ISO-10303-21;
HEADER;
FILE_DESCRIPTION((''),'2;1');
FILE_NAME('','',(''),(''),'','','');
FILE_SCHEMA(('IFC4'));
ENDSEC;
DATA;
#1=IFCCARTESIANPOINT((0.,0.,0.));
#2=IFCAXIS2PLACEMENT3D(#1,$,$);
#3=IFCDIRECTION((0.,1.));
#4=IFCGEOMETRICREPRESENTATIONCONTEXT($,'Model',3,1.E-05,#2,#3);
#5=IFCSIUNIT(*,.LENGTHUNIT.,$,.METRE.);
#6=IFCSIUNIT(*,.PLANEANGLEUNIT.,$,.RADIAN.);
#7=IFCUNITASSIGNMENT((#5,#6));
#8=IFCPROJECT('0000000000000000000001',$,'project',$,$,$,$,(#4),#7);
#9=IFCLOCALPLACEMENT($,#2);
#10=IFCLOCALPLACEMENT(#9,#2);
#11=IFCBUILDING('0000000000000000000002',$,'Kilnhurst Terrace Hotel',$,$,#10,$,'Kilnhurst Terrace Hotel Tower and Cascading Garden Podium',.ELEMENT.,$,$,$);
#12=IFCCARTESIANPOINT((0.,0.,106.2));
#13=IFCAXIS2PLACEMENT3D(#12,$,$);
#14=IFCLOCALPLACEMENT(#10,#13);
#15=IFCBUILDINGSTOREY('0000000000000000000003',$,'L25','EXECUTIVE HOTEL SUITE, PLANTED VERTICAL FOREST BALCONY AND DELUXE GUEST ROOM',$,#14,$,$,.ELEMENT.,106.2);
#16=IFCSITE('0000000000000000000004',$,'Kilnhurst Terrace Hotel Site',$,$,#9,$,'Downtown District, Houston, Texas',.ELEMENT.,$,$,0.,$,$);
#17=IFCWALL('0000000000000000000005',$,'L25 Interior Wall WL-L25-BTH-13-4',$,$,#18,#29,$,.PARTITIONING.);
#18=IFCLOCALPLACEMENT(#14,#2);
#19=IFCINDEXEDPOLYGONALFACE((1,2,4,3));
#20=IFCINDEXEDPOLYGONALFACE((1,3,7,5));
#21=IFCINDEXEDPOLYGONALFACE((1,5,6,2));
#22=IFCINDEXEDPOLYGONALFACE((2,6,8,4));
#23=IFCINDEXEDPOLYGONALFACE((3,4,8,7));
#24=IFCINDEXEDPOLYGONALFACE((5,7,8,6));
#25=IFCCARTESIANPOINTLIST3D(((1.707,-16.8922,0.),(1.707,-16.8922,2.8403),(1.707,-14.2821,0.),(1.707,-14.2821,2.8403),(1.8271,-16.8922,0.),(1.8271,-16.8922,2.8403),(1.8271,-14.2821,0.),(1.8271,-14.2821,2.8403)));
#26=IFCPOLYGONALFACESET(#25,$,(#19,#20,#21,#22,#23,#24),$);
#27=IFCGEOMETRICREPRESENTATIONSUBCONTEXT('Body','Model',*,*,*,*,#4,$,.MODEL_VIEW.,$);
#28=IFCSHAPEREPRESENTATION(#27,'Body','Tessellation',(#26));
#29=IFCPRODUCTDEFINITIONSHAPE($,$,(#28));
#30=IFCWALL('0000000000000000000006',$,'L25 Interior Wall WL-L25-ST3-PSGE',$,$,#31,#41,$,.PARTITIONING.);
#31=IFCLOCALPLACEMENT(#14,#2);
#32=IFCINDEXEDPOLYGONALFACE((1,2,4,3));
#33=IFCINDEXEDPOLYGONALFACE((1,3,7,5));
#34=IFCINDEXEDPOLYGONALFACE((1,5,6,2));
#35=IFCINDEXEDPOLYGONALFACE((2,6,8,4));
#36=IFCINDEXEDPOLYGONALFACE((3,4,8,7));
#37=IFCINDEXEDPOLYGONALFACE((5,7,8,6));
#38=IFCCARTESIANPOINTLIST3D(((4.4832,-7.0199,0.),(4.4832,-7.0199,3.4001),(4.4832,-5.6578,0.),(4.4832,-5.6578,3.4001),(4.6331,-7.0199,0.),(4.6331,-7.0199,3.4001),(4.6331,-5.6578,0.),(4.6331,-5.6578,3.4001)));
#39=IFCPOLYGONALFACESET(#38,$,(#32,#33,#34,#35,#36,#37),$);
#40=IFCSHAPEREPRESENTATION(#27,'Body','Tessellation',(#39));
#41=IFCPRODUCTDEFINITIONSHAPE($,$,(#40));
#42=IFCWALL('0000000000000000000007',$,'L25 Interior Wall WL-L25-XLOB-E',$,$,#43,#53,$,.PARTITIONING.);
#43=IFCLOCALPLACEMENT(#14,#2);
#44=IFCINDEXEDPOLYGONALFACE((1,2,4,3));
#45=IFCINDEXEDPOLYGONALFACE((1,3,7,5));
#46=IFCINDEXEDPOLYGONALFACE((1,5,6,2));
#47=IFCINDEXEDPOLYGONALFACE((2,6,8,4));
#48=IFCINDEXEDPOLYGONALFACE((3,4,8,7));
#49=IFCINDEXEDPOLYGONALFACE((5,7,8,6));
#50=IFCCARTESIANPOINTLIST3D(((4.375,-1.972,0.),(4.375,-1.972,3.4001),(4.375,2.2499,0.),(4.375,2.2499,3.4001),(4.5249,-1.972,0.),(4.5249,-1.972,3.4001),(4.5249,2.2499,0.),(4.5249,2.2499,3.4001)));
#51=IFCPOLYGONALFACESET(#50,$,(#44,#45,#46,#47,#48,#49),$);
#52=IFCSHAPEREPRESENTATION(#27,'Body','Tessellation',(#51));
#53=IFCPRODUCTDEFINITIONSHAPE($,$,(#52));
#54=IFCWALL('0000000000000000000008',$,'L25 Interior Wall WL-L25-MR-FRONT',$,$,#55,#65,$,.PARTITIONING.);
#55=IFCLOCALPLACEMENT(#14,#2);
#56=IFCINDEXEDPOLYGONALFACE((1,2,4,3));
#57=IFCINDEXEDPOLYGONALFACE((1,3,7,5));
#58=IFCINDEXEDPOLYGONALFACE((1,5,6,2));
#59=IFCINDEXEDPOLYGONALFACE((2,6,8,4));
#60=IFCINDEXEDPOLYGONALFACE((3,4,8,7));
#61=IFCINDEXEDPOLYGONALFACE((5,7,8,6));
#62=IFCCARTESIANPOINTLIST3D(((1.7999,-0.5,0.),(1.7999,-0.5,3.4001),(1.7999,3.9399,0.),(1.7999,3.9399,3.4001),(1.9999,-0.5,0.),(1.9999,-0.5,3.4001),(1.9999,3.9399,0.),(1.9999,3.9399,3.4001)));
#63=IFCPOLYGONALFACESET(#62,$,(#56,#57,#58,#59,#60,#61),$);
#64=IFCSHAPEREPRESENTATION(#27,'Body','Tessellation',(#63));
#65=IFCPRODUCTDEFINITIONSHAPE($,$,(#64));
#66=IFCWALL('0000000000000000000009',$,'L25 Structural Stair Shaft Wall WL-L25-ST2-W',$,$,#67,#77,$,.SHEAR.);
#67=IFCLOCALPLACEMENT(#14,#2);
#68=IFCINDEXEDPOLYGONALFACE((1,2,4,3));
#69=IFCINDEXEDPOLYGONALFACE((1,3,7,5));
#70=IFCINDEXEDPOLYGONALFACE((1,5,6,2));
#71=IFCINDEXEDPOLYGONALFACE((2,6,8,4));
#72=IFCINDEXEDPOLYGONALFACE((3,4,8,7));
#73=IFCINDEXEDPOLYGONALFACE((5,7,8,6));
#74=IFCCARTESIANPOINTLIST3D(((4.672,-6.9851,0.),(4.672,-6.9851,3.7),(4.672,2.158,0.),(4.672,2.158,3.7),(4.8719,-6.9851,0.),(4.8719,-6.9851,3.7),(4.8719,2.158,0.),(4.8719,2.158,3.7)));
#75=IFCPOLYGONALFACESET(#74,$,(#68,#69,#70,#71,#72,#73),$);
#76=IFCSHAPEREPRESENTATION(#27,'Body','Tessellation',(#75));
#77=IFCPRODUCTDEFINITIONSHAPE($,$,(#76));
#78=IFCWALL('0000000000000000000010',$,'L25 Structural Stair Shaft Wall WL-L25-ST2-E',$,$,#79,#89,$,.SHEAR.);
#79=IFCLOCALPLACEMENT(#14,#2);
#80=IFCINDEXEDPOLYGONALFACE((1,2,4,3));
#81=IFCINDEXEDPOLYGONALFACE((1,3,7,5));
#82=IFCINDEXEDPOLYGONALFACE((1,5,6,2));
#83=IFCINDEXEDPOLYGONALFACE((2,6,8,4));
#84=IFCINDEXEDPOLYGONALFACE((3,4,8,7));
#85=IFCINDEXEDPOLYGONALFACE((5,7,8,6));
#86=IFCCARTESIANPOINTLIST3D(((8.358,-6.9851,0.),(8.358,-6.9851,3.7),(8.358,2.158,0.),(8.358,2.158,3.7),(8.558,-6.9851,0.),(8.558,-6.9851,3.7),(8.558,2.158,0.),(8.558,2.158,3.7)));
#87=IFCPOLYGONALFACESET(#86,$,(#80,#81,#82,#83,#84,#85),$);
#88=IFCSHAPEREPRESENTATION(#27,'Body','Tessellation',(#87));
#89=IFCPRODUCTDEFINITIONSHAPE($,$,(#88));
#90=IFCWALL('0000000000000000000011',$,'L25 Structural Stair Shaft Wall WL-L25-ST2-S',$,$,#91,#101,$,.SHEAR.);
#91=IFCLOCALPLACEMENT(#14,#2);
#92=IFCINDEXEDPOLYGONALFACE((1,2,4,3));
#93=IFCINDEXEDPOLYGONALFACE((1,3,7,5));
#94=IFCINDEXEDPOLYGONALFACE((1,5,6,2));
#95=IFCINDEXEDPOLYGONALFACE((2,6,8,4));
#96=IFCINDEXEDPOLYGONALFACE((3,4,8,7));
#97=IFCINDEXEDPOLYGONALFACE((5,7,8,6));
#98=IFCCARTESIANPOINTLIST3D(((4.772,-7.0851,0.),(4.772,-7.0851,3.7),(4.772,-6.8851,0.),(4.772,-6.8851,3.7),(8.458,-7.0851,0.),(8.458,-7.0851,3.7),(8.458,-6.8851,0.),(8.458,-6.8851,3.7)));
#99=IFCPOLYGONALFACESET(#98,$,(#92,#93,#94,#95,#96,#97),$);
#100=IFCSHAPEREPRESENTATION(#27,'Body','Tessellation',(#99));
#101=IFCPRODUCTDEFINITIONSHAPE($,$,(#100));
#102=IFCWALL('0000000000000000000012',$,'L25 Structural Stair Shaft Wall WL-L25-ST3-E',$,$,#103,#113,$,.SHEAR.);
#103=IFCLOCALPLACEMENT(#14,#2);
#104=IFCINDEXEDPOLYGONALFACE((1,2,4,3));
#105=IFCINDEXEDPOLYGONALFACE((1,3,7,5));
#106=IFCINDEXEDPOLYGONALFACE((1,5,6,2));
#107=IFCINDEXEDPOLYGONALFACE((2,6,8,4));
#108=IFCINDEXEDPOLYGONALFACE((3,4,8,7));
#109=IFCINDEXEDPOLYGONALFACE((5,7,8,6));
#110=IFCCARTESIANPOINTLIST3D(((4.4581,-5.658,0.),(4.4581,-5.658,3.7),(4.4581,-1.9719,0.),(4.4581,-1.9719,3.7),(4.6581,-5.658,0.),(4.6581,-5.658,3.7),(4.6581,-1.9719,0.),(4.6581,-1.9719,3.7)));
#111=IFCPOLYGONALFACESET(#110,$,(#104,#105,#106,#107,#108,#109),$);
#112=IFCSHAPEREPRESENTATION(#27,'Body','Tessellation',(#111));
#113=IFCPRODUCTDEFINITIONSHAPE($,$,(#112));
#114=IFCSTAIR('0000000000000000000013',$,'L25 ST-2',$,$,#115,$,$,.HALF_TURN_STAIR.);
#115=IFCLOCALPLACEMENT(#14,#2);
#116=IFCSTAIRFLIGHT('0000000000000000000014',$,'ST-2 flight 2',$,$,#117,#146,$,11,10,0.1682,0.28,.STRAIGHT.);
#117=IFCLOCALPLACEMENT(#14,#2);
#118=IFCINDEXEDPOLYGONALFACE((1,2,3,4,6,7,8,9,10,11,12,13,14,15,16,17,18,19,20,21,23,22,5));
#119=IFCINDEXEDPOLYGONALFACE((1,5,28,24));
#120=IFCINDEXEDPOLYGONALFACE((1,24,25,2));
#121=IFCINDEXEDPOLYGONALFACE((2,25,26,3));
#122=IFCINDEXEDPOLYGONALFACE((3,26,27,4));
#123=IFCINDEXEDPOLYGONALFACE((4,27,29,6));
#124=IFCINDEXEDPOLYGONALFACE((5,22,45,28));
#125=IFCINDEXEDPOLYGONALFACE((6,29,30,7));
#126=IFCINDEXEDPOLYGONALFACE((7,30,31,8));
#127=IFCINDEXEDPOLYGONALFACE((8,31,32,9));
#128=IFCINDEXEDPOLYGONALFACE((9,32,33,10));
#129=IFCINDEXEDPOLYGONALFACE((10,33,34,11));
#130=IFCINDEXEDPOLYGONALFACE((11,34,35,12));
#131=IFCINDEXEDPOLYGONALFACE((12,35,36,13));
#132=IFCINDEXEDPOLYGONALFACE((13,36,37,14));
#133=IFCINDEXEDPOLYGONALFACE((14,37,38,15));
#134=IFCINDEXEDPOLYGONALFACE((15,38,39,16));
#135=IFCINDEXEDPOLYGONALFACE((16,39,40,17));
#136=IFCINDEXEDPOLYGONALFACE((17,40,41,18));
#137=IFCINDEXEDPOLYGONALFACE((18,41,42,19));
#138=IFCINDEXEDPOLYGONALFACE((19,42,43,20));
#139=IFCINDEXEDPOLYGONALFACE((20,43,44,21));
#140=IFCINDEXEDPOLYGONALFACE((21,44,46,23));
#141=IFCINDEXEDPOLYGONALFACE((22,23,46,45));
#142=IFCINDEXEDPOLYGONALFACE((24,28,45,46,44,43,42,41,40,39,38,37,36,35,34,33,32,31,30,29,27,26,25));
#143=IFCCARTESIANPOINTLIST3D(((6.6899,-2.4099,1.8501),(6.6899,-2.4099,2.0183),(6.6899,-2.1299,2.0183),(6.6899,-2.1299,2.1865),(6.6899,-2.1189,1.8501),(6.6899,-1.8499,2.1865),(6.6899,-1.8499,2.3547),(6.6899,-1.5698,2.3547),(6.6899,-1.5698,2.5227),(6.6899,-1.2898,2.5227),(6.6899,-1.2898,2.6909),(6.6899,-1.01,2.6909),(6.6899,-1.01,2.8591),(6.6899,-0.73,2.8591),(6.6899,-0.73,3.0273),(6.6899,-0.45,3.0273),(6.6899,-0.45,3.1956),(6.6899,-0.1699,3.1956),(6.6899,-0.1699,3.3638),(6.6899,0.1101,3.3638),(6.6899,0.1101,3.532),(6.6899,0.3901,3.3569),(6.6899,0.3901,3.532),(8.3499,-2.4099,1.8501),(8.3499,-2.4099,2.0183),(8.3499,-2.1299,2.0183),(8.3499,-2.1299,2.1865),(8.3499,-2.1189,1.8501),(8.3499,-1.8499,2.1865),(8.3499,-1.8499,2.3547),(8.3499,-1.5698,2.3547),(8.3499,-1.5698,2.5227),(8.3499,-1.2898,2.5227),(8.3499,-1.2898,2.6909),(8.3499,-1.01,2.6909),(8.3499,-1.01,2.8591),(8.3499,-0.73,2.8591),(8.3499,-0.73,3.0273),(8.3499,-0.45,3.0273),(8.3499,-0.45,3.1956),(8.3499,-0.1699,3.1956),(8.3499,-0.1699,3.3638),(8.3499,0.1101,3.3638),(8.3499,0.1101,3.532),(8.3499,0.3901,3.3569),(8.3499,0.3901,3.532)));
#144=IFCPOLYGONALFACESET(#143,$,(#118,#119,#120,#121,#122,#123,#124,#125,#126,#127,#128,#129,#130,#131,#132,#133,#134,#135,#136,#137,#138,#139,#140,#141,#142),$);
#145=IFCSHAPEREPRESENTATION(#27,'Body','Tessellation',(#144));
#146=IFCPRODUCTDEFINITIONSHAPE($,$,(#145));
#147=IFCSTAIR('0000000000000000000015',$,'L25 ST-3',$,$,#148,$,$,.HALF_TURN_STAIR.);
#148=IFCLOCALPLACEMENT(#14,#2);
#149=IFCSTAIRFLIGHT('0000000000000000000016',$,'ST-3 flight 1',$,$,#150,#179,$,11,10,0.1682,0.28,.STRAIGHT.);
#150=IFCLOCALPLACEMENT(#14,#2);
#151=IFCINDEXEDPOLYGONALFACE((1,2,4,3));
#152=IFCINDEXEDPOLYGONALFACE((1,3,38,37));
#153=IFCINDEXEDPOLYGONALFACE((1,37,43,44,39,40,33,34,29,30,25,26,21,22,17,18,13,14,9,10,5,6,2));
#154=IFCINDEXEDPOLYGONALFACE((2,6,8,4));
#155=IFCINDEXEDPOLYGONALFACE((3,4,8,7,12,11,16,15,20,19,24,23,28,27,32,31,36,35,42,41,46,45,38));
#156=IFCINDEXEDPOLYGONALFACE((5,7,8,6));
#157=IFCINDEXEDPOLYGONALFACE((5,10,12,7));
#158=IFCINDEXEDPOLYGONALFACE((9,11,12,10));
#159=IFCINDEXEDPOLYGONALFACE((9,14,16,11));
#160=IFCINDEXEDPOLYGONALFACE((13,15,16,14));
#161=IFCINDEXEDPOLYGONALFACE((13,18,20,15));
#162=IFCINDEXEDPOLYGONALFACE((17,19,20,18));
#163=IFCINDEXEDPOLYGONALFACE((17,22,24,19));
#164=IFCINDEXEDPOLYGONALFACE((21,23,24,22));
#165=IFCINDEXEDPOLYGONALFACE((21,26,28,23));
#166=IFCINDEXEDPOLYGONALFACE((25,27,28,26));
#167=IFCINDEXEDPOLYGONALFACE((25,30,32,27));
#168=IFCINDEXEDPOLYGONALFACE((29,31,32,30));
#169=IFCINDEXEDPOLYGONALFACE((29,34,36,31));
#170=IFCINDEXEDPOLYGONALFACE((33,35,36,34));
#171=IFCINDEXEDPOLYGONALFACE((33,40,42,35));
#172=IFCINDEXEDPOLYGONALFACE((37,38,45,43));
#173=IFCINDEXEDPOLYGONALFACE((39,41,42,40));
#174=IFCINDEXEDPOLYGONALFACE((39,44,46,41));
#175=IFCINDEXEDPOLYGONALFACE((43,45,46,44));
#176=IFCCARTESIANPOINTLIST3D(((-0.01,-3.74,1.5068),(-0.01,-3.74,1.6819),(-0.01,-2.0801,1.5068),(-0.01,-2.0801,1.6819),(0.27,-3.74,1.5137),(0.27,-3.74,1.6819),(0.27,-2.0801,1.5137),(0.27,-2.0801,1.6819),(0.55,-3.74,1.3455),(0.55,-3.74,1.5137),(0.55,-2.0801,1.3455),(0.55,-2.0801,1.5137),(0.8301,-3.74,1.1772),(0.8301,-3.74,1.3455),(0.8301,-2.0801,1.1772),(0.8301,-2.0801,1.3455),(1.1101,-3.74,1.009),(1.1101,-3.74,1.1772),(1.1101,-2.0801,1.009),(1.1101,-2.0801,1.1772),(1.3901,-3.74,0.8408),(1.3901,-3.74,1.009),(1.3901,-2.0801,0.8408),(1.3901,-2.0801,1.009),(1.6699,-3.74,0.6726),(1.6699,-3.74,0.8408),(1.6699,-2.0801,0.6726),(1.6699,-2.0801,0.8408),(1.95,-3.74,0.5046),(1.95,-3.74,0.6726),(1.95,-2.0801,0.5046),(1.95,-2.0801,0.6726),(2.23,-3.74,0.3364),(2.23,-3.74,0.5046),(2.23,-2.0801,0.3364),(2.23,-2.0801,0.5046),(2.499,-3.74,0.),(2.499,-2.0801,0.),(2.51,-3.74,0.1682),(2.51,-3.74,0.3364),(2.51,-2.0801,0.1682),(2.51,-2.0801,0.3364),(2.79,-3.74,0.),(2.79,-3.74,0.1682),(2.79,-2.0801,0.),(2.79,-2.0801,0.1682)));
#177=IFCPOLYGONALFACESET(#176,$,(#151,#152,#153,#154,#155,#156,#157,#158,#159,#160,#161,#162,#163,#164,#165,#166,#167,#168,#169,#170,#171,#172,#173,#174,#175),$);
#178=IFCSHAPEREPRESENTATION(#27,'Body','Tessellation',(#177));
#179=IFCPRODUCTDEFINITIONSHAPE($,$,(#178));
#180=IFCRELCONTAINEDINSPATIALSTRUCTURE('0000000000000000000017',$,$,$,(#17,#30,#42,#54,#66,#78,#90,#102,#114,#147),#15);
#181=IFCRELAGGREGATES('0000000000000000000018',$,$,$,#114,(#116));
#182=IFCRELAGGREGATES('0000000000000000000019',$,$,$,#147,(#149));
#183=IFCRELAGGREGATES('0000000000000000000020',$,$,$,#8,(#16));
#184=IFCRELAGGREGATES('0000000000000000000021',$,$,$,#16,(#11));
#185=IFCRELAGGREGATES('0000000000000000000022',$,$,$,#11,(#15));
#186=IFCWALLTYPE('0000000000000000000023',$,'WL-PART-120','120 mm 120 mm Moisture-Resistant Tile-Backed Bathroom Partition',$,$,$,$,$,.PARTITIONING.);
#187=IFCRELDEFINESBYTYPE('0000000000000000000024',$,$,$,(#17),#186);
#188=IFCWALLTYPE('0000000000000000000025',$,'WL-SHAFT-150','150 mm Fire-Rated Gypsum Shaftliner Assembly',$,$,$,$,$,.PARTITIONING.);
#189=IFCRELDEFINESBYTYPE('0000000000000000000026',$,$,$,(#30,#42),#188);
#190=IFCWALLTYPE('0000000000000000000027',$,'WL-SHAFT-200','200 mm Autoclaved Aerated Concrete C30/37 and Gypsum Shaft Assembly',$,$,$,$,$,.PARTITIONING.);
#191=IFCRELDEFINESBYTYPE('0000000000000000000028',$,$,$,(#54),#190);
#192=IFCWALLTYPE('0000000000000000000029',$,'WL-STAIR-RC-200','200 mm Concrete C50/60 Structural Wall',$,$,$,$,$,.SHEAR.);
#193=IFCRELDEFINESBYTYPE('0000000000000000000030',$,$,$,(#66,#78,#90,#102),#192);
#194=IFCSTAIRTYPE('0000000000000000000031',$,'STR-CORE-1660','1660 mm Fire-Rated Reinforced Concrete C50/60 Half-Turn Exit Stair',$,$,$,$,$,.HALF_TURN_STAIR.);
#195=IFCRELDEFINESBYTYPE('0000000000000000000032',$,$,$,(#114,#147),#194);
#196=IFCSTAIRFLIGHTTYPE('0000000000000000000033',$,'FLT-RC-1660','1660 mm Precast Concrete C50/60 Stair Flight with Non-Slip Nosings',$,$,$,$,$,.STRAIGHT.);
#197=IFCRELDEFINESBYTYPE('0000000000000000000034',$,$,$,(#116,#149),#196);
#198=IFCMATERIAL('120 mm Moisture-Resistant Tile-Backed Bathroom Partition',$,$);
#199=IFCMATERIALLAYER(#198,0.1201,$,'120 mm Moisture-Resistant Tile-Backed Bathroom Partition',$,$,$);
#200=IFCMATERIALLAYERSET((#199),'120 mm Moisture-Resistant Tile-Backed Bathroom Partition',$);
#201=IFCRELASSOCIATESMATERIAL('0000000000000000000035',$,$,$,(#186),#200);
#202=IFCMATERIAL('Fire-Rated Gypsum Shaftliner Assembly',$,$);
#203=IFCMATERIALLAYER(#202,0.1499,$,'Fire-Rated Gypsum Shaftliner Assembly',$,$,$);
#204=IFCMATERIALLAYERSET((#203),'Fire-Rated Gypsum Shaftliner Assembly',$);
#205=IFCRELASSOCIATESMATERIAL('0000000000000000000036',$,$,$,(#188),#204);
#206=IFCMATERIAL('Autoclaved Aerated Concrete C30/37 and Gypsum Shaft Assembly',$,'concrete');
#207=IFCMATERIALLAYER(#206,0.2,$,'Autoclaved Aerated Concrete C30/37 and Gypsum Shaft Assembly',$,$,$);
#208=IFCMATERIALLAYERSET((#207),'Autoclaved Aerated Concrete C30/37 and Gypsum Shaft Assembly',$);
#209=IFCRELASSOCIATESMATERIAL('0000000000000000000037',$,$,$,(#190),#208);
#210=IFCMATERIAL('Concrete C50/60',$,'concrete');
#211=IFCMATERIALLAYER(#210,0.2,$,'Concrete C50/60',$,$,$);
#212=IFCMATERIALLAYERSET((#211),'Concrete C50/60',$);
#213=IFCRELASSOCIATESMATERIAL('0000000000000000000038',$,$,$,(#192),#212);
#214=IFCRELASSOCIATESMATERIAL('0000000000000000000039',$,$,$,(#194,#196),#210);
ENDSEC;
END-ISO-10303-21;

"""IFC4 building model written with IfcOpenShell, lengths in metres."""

from ifc_helpers import new_model, si_unit, direction, frame, frame_2d, origin, place, context, subcontext, project, spatial, polyline, rectangle, outline, extrude, material, layer, layer_set, type_object, element, aggregate, save


model = new_model("IFC4")

# Units and contexts
model_context = context("Model", 3, precision=1e-05, world=origin(), true_north=direction((0.0, 1.0)))
body_context = subcontext(model_context, "Body", "Model", "MODEL_VIEW")
ifc_project = project(units=[si_unit("LENGTHUNIT", "METRE"), si_unit("PLANEANGLEUNIT", "RADIAN")], contexts=[model_context])

# Site, building, storey
site_placement = place(None, origin())
site = spatial("IfcSite", under=ifc_project, at=site_placement, Name="Kilnhurst Terrace Hotel Site", LongName="Downtown District, Houston, Texas", CompositionType="ELEMENT", RefElevation=0.0)
building_placement = place(site_placement, origin())
building = spatial("IfcBuilding", under=site, at=building_placement, Name="Kilnhurst Terrace Hotel", LongName="Kilnhurst Terrace Hotel Tower and Cascading Garden Podium", CompositionType="ELEMENT")
storey_placement = place(building_placement, frame((0.0, 0.0, 106.2)))
storey = spatial("IfcBuildingStorey", under=building, at=storey_placement, Name="L25", Description="EXECUTIVE HOTEL SUITE, PLANTED VERTICAL FOREST BALCONY AND DELUXE GUEST ROOM", CompositionType="ELEMENT", Elevation=106.2)

# Shared definitions
ifc_material_1 = material(Name="Concrete C50/60", Category="concrete")

# Shared definitions
ifc_material_2 = material(Name="120 mm Moisture-Resistant Tile-Backed Bathroom Partition")
ifc_layer_1 = layer(ifc_material_2, 0.1201, Name="120 mm Moisture-Resistant Tile-Backed Bathroom Partition")
ifc_layer_set_1 = layer_set([ifc_layer_1], Name="120 mm Moisture-Resistant Tile-Backed Bathroom Partition")
wall_type_1 = type_object("IfcWallType", Name="WL-PART-120", Description="120 mm 120 mm Moisture-Resistant Tile-Backed Bathroom Partition", PredefinedType="PARTITIONING", material=ifc_layer_set_1)

# Walls
wall_1_placement = place(storey_placement, frame((1.7671, -14.282, 0.0), z_axis=(0.0, 0.0, 1.0), x_axis=(0.0, -1.0, 0.0)))
element("IfcWall", 1, at=wall_1_placement, inside=storey, type_object=wall_type_1, Name="L25 Interior Wall WL-L25-BTH-13-4", PredefinedType="PARTITIONING", context=body_context, shape_type="SweptSolid", body=[
    extrude(rectangle(XDim=2.6101, YDim=0.1201, at=frame_2d((1.3052, 0.0))), origin(), (0.0, 0.0, 1.0), 2.8403),
])
ifc_material_3 = material(Name="Fire-Rated Gypsum Shaftliner Assembly")
ifc_layer_2 = layer(ifc_material_3, 0.1499, Name="Fire-Rated Gypsum Shaftliner Assembly")
ifc_layer_set_2 = layer_set([ifc_layer_2], Name="Fire-Rated Gypsum Shaftliner Assembly")
wall_type_2 = type_object("IfcWallType", Name="WL-SHAFT-150", Description="150 mm Fire-Rated Gypsum Shaftliner Assembly", PredefinedType="PARTITIONING", material=ifc_layer_set_2)
wall_2_placement = place(storey_placement, frame((4.5581, -7.02, 0.0), z_axis=(0.0, 0.0, 1.0), x_axis=(0.0, 1.0, 0.0)))
element("IfcWall", 2, at=wall_2_placement, inside=storey, type_object=wall_type_2, Name="L25 Interior Wall WL-L25-ST3-PSGE", PredefinedType="PARTITIONING", context=body_context, shape_type="SweptSolid", body=[
    extrude(rectangle(XDim=1.3621, YDim=0.1499, at=frame_2d((0.6812, 0.0))), origin(), (0.0, 0.0, 1.0), 3.4001),
])
wall_3_placement = place(storey_placement, frame((4.45, -1.9719, 0.0), z_axis=(0.0, 0.0, 1.0), x_axis=(0.0, 1.0, 0.0)))
element("IfcWall", 3, at=wall_3_placement, inside=storey, type_object=wall_type_2, Name="L25 Interior Wall WL-L25-XLOB-E", PredefinedType="PARTITIONING", context=body_context, shape_type="SweptSolid", body=[
    extrude(rectangle(XDim=4.2219, YDim=0.1499, at=frame_2d((2.1108, 0.0))), origin(), (0.0, 0.0, 1.0), 3.4001),
])
ifc_material_4 = material(Name="Autoclaved Aerated Concrete C30/37 and Gypsum Shaft Assembly", Category="concrete")
ifc_layer_3 = layer(ifc_material_4, 0.2, Name="Autoclaved Aerated Concrete C30/37 and Gypsum Shaft Assembly")
ifc_layer_set_3 = layer_set([ifc_layer_3], Name="Autoclaved Aerated Concrete C30/37 and Gypsum Shaft Assembly")
wall_type_3 = type_object("IfcWallType", Name="WL-SHAFT-200", Description="200 mm Autoclaved Aerated Concrete C30/37 and Gypsum Shaft Assembly", PredefinedType="PARTITIONING", material=ifc_layer_set_3)
wall_4_placement = place(storey_placement, frame((1.8999, -0.5, 0.0), z_axis=(0.0, 0.0, 1.0), x_axis=(0.0, 1.0, 0.0)))
element("IfcWall", 4, at=wall_4_placement, inside=storey, type_object=wall_type_3, Name="L25 Interior Wall WL-L25-MR-FRONT", PredefinedType="PARTITIONING", context=body_context, shape_type="SweptSolid", body=[
    extrude(rectangle(XDim=4.4399, YDim=0.2, at=frame_2d((2.22, 0.0))), origin(), (0.0, 0.0, 1.0), 3.4001),
])
ifc_layer_4 = layer(ifc_material_1, 0.2, Name="Concrete C50/60")
ifc_layer_set_4 = layer_set([ifc_layer_4], Name="Concrete C50/60")
wall_type_4 = type_object("IfcWallType", Name="WL-STAIR-RC-200", Description="200 mm Concrete C50/60 Structural Wall", PredefinedType="SHEAR", material=ifc_layer_set_4)
for number, where, z_axis, x_axis, name in (
    (5, (4.772, -6.9851, 0.0), (0.0, 0.0, 1.0), (0.0, 1.0, 0.0), "L25 Structural Stair Shaft Wall WL-L25-ST2-W"),
    (6, (8.458, -6.9851, 0.0), (0.0, 0.0, 1.0), (0.0, 1.0, 0.0), "L25 Structural Stair Shaft Wall WL-L25-ST2-E"),
):
    element("IfcWall", number, at=place(storey_placement, frame(where, z_axis=z_axis, x_axis=x_axis)), inside=storey, type_object=wall_type_4, Name=name, PredefinedType="SHEAR", context=body_context, shape_type="SweptSolid", body=[
        extrude(rectangle(XDim=9.1431, YDim=0.2, at=frame_2d((4.5715, 0.0))), origin(), (0.0, 0.0, 1.0), 3.7),
    ])
for number, where, z_axis, x_axis, name in (
    (7, (4.772, -6.9851, 0.0), (0.0, 0.0, 1.0), (1.0, 0.0, 0.0), "L25 Structural Stair Shaft Wall WL-L25-ST2-S"),
    (8, (4.5581, -5.658, 0.0), (0.0, 0.0, 1.0), (0.0, 1.0, 0.0), "L25 Structural Stair Shaft Wall WL-L25-ST3-E"),
):
    element("IfcWall", number, at=place(storey_placement, frame(where, z_axis=z_axis, x_axis=x_axis)), inside=storey, type_object=wall_type_4, Name=name, PredefinedType="SHEAR", context=body_context, shape_type="SweptSolid", body=[
        extrude(rectangle(XDim=3.686, YDim=0.2, at=frame_2d((1.843, 0.0))), origin(), (0.0, 0.0, 1.0), 3.7),
    ])

# Stairs, stair flights
stair_type = type_object("IfcStairType", Name="STR-CORE-1660", Description="1660 mm Fire-Rated Reinforced Concrete C50/60 Half-Turn Exit Stair", PredefinedType="HALF_TURN_STAIR", material=ifc_material_1)
stair_1_placement = place(storey_placement, origin())
stair_1 = element("IfcStair", 9, at=stair_1_placement, inside=storey, type_object=stair_type, Name="L25 ST-2", PredefinedType="HALF_TURN_STAIR")
stair_flight_type = type_object("IfcStairFlightType", Name="FLT-RC-1660", Description="1660 mm Precast Concrete C50/60 Stair Flight with Non-Slip Nosings", PredefinedType="STRAIGHT", material=ifc_material_1)
stair_flight_1_placement = place(storey_placement, frame((7.52, -2.4099, 1.8501), z_axis=(0.0, 0.0, 1.0), x_axis=(0.0, 1.0, 0.0)))
stair_flight_1 = element("IfcStairFlight", 10, at=stair_flight_1_placement, type_object=stair_flight_type, Name="ST-2 flight 2", NumberOfRisers=11, NumberOfTreads=10, PredefinedType="STRAIGHT", RiserHeight=0.1682, TreadLength=0.28, context=body_context, shape_type="SweptSolid", body=[
    extrude(outline(polyline([(0.0, 0.0), (0.0, 0.1682), (0.28, 0.1682), (0.28, 0.3364), (0.5601, 0.3364), (0.5601, 0.5046), (0.8401, 0.5046), (0.8401, 0.6726), (1.1201, 0.6726), (1.1201, 0.8408), (1.3999, 0.8408), (1.3999, 1.009), (1.6799, 1.009), (1.6799, 1.1772), (1.96, 1.1772), (1.96, 1.3455), (2.24, 1.3455), (2.24, 1.5137), (2.52, 1.5137), (2.52, 1.6819), (2.8, 1.6819), (2.8, 1.8501), (2.8, 1.5068), (0.291, 0.0), (0.0, 0.0)])), frame((0.0, 0.8301, 0.0), z_axis=(0.0, -1.0, 0.0), x_axis=(1.0, 0.0, 0.0)), (0.0, 0.0, 1.0), 1.6599),
])
aggregate(stair_1, [stair_flight_1])
stair_2_placement = place(storey_placement, origin())
stair_2 = element("IfcStair", 11, at=stair_2_placement, inside=storey, type_object=stair_type, Name="L25 ST-3", PredefinedType="HALF_TURN_STAIR")
stair_flight_2_placement = place(storey_placement, frame((2.79, -2.9099, 0.0), z_axis=(0.0, 0.0, 1.0), x_axis=(-1.0, 0.0, 0.0)))
stair_flight_2 = element("IfcStairFlight", 12, at=stair_flight_2_placement, type_object=stair_flight_type, Name="ST-3 flight 1", NumberOfRisers=11, NumberOfTreads=10, PredefinedType="STRAIGHT", RiserHeight=0.1682, TreadLength=0.28, context=body_context, shape_type="SweptSolid", body=[
    extrude(outline(polyline([(0.0, 0.0), (0.0, 0.1682), (0.28, 0.1682), (0.28, 0.3364), (0.5601, 0.3364), (0.5601, 0.5046), (0.8401, 0.5046), (0.8401, 0.6726), (1.1201, 0.6726), (1.1201, 0.8408), (1.3999, 0.8408), (1.3999, 1.009), (1.6799, 1.009), (1.6799, 1.1772), (1.96, 1.1772), (1.96, 1.3455), (2.24, 1.3455), (2.24, 1.5137), (2.52, 1.5137), (2.52, 1.6819), (2.8, 1.6819), (2.8, 1.8501), (2.8, 1.5068), (0.291, 0.0), (0.0, 0.0)])), frame((0.0, 0.8301, 0.0), z_axis=(0.0, -1.0, 0.0), x_axis=(1.0, 0.0, 0.0)), (0.0, 0.0, 1.0), 1.6599),
])
aggregate(stair_2, [stair_flight_2])

save(model, "model.ifc")
